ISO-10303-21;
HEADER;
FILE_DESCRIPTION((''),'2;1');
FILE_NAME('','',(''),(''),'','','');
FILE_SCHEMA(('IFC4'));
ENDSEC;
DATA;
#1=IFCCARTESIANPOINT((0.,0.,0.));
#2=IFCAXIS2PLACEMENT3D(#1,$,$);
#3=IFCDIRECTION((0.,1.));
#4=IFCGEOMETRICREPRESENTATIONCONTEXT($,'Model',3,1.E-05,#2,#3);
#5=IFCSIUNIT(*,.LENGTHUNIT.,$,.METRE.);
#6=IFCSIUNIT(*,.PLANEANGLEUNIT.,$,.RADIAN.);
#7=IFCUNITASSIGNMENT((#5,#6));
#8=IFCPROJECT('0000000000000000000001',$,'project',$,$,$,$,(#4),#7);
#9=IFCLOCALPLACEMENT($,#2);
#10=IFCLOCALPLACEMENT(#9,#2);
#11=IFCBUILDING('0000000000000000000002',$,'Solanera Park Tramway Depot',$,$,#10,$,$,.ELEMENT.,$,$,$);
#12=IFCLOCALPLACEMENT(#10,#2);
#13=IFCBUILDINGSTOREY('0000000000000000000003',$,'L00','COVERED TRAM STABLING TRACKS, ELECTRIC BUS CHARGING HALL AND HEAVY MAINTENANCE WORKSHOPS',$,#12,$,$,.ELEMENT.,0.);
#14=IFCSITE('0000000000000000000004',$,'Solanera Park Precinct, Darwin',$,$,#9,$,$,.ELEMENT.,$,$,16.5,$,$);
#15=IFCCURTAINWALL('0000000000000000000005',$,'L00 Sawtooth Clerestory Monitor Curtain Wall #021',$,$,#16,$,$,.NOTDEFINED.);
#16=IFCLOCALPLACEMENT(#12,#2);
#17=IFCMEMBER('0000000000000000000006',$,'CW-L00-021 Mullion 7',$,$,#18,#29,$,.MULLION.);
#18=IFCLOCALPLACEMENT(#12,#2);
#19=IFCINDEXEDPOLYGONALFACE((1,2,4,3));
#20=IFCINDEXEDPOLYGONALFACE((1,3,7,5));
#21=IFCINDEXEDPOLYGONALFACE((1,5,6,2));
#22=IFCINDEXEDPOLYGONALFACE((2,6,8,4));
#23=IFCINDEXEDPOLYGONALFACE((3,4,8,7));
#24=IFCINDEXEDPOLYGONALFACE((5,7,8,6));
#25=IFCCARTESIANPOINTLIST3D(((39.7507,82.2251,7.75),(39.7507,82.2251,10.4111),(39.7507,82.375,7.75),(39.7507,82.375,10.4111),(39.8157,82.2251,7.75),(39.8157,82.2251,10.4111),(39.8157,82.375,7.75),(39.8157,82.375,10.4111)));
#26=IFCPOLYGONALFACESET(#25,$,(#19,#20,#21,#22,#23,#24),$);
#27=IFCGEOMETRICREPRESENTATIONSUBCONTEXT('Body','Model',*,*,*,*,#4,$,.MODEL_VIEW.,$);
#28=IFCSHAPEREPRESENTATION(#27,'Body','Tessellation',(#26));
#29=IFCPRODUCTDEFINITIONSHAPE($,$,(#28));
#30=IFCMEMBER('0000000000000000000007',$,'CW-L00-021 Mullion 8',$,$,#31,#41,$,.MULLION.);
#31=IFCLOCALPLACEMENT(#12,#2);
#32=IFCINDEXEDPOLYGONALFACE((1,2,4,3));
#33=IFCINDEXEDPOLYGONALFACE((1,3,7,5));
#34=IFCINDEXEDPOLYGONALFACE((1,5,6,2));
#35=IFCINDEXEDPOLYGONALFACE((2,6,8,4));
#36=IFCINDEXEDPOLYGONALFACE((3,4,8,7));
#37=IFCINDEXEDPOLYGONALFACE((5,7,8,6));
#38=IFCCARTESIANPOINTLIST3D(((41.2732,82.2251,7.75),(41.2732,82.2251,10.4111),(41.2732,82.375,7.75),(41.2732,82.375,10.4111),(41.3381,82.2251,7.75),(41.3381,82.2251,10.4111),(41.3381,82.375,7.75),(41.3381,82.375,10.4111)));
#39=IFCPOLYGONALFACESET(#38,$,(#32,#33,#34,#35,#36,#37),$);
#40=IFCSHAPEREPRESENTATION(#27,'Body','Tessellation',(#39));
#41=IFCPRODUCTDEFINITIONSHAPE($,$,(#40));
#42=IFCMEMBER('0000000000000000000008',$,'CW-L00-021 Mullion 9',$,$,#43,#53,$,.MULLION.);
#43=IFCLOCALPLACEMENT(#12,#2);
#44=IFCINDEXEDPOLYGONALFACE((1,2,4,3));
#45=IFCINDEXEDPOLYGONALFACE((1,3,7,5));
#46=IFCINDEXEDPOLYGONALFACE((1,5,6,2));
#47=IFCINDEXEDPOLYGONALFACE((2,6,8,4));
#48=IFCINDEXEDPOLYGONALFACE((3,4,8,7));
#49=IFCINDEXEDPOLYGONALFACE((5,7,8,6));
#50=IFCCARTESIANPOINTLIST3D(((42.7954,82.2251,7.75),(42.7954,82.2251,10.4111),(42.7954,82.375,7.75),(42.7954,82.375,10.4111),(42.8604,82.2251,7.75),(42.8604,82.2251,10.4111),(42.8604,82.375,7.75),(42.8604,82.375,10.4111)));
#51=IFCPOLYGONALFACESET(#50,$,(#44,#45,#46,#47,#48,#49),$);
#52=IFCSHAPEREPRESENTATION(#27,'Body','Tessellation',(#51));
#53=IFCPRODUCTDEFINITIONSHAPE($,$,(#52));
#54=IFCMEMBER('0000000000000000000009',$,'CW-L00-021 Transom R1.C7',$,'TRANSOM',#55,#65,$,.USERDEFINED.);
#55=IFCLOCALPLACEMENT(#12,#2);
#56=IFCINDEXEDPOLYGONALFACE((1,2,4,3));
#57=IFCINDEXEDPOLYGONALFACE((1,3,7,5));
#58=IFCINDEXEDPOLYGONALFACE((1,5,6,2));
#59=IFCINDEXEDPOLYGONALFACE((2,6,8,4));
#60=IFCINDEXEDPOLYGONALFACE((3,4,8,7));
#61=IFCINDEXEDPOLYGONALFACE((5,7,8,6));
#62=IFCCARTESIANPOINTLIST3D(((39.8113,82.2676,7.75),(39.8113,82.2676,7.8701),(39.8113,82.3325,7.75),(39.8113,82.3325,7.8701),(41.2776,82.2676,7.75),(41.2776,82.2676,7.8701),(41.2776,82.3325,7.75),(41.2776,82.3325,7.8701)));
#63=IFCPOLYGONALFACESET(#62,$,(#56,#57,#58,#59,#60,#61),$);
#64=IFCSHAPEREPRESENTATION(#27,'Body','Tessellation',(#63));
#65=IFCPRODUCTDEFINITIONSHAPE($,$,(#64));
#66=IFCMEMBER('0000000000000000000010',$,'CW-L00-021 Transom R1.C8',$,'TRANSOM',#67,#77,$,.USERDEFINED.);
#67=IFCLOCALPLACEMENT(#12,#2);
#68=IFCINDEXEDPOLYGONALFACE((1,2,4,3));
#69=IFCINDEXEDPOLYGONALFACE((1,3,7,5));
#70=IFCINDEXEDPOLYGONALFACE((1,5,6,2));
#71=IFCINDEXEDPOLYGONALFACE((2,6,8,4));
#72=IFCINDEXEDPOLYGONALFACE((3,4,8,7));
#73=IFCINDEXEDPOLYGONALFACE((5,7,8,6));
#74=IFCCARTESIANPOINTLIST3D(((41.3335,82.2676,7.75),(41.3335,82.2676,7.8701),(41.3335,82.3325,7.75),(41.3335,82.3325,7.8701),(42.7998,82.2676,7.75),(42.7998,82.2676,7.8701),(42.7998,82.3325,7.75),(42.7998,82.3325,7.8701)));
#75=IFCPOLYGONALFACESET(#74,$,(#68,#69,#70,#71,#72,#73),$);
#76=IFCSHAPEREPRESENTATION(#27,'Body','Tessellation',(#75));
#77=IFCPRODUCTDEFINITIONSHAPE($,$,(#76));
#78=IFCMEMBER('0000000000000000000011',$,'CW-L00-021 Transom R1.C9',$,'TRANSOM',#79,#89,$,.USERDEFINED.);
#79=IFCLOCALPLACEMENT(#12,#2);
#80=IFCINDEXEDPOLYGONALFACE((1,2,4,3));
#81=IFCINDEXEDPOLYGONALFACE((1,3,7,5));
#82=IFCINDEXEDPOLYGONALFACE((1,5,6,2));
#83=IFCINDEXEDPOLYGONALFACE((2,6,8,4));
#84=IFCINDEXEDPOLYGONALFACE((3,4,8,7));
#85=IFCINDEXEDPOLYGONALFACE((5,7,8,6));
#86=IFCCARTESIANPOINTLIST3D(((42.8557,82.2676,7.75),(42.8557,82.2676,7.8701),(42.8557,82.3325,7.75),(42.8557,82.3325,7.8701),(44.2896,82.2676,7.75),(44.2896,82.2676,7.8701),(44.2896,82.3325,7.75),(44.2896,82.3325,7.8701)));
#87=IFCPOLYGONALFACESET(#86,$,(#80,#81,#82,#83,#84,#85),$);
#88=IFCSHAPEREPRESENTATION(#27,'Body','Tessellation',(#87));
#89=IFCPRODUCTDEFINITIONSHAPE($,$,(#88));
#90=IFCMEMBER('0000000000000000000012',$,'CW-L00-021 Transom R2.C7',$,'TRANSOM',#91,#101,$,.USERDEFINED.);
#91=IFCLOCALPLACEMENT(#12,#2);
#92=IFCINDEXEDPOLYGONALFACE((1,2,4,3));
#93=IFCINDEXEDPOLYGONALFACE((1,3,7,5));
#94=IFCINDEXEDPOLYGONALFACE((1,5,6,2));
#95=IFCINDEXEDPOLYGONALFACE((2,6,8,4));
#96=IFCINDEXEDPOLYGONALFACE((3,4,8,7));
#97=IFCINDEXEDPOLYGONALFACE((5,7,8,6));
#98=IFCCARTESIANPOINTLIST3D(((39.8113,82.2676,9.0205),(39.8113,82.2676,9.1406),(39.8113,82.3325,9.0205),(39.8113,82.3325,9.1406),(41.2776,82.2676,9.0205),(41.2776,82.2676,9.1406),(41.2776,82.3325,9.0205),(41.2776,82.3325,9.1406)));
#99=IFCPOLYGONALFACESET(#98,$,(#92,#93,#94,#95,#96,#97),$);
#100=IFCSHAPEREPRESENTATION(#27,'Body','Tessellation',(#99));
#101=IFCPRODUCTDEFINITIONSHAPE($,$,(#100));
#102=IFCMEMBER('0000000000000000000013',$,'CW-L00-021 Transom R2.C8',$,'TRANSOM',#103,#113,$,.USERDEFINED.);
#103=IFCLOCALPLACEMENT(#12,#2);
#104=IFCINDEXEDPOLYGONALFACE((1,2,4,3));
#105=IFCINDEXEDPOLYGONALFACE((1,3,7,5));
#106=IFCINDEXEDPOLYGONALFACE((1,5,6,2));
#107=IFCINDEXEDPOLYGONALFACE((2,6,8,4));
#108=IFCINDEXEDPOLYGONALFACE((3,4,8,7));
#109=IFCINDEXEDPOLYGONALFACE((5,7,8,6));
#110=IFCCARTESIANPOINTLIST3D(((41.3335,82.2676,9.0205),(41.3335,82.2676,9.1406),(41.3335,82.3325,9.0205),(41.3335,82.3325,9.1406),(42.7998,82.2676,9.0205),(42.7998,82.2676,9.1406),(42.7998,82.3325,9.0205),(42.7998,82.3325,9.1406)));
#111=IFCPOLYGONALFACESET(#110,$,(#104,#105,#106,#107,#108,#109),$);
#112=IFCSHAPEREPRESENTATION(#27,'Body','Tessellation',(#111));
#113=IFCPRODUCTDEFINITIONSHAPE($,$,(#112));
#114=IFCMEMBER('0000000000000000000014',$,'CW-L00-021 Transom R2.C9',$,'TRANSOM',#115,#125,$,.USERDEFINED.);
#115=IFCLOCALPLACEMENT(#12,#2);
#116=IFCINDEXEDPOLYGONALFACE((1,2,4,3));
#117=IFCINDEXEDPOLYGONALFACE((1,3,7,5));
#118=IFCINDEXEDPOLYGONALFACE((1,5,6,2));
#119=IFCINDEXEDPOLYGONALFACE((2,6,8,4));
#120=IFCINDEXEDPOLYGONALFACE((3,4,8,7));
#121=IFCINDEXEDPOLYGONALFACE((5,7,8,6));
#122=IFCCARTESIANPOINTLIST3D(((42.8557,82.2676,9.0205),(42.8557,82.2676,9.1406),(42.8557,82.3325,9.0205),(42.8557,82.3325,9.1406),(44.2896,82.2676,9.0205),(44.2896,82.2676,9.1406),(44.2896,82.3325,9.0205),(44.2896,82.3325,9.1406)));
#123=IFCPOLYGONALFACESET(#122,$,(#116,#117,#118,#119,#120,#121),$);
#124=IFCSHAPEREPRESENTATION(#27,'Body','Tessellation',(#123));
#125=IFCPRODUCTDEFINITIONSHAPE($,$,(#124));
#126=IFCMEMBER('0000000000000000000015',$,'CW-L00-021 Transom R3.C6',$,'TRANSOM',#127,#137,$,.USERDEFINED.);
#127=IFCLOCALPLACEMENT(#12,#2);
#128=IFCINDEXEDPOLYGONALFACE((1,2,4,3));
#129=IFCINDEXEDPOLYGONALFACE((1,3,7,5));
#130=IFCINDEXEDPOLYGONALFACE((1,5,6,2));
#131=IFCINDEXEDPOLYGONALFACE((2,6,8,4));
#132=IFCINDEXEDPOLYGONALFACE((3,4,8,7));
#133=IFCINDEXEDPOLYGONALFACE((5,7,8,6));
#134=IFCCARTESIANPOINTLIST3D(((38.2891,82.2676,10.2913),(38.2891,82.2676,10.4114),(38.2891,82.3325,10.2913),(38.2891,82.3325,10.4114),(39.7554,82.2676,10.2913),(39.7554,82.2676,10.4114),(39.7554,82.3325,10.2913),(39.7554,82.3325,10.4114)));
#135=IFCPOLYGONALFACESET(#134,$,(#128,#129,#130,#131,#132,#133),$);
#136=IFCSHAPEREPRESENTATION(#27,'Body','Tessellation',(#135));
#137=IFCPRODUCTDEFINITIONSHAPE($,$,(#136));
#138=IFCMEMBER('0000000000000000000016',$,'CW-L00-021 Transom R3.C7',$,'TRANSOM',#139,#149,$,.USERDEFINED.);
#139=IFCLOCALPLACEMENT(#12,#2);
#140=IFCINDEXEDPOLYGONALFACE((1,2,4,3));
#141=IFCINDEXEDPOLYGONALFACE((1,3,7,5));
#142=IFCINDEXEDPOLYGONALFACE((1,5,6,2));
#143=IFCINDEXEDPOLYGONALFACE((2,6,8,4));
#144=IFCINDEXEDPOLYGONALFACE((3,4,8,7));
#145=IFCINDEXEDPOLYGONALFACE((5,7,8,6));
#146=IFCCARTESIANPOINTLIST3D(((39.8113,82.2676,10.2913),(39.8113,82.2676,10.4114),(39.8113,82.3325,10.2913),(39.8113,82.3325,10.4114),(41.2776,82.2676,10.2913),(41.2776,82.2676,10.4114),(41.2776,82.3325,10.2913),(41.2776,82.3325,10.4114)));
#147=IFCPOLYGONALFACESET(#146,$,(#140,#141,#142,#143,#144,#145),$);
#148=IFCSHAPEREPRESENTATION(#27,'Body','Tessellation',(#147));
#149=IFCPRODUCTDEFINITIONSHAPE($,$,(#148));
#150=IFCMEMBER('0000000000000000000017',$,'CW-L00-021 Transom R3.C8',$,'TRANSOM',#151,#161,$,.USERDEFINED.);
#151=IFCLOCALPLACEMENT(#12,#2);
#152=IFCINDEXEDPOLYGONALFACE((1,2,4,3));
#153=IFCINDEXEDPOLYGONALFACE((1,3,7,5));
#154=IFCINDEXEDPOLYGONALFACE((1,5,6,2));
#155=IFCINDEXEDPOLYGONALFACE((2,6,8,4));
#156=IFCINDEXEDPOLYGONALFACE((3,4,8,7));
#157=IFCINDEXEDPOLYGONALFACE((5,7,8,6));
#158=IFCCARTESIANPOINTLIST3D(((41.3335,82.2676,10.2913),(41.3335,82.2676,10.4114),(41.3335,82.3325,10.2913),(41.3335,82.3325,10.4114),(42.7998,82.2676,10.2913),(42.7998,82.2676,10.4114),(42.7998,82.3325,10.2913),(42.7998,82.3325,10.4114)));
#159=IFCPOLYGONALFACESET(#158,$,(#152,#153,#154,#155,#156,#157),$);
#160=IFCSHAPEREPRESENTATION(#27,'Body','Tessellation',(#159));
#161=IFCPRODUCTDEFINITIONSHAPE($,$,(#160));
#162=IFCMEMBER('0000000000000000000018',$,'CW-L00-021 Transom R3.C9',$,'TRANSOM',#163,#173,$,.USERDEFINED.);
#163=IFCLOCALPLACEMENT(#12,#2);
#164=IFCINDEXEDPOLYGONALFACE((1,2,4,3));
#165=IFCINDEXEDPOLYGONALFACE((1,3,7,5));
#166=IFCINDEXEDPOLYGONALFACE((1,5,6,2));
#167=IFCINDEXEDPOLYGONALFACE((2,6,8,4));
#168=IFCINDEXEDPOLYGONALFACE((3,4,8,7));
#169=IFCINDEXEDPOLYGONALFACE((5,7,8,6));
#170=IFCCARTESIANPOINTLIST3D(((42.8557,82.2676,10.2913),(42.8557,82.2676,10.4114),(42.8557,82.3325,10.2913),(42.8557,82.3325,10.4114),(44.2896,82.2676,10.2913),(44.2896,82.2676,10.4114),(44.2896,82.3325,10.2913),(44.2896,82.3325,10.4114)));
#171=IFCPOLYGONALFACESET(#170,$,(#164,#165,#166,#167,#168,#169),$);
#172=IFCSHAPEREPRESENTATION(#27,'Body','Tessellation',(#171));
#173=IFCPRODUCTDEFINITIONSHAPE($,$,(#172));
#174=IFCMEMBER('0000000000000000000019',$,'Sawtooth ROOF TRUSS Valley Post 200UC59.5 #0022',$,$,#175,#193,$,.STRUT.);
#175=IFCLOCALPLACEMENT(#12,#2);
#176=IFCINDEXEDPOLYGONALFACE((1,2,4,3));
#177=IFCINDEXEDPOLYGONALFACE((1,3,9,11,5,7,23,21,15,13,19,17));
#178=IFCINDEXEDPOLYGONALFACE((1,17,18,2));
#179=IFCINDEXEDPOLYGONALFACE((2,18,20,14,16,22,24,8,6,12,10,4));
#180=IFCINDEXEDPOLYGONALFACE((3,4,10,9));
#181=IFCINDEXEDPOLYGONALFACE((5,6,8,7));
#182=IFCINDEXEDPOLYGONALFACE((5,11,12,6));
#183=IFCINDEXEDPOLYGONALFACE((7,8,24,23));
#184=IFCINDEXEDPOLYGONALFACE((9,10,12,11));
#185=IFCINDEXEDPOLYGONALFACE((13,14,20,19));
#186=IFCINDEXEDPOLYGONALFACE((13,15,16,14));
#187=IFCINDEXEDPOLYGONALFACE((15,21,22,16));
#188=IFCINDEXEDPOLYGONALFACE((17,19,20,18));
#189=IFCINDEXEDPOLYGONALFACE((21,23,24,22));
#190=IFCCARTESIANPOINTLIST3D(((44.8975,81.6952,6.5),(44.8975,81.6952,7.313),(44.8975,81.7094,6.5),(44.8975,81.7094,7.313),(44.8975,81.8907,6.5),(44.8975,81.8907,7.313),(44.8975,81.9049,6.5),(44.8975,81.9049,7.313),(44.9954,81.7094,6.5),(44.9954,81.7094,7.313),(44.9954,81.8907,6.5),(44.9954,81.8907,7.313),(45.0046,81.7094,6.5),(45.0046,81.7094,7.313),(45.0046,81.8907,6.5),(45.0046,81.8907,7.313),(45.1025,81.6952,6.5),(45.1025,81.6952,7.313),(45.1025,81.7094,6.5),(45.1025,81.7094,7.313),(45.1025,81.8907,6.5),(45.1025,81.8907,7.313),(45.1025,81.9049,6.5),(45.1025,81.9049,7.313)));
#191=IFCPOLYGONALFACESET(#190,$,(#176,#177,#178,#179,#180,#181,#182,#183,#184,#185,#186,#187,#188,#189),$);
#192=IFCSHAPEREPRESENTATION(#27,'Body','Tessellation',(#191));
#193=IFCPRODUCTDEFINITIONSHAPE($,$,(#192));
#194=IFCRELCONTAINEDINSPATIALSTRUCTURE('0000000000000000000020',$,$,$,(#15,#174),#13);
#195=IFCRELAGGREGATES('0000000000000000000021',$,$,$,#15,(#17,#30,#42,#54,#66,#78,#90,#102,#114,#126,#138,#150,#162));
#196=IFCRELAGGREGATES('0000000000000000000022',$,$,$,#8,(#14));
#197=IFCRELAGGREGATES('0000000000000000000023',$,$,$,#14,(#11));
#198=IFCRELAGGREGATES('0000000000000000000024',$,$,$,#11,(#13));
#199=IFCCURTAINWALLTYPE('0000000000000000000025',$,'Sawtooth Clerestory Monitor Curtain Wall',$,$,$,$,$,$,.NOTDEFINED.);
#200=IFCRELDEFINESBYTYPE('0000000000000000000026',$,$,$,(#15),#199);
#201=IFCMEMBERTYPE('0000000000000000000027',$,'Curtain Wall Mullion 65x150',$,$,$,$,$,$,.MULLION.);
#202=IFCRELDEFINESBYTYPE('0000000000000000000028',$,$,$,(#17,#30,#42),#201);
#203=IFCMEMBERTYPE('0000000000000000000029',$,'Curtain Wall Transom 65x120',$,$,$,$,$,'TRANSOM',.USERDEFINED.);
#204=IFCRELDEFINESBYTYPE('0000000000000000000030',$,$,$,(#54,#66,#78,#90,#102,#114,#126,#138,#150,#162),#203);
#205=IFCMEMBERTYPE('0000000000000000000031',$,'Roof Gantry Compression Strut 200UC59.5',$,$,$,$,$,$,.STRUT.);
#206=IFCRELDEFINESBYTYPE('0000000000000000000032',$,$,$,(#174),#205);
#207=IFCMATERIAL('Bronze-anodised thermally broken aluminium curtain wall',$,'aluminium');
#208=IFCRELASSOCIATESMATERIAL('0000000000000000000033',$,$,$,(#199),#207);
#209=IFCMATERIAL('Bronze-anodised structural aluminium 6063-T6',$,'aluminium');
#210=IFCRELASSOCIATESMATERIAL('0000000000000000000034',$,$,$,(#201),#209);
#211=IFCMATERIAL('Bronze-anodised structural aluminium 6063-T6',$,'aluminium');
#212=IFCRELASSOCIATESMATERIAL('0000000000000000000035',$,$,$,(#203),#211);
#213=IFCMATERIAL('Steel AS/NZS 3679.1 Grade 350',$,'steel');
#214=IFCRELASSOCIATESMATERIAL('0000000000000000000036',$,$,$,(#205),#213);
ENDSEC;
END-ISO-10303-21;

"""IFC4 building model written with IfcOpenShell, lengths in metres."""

from ifc_helpers import new_model, si_unit, direction, frame, origin, origin_2d, place, context, subcontext, project, spatial, rectangle, i_section, extrude, material, material_profile, profile_set, type_object, element, aggregate, save


model = new_model("IFC4")

# Units and contexts
model_context = context("Model", 3, precision=1e-05, world=origin(), true_north=direction((0.0, 1.0)))
body_context = subcontext(model_context, "Body", "Model", "MODEL_VIEW")
ifc_project = project(units=[si_unit("LENGTHUNIT", "METRE"), si_unit("PLANEANGLEUNIT", "RADIAN")], contexts=[model_context])

# Site, building, storey
site_placement = place(None, origin())
site = spatial("IfcSite", under=ifc_project, at=site_placement, Name="Solanera Park Precinct, Darwin", CompositionType="ELEMENT", RefElevation=16.5)
building_placement = place(site_placement, origin())
building = spatial("IfcBuilding", under=site, at=building_placement, Name="Solanera Park Tramway Depot", CompositionType="ELEMENT")
storey_placement = place(building_placement, origin())
storey = spatial("IfcBuildingStorey", under=building, at=storey_placement, Name="L00", Description="COVERED TRAM STABLING TRACKS, ELECTRIC BUS CHARGING HALL AND HEAVY MAINTENANCE WORKSHOPS", CompositionType="ELEMENT", Elevation=0.0)

# Curtain wall, members
ifc_material_1 = material(Name="Bronze-anodised thermally broken aluminium curtain wall", Category="aluminium")
curtain_wall_type = type_object("IfcCurtainWallType", Name="Sawtooth Clerestory Monitor Curtain Wall", PredefinedType="NOTDEFINED", material=ifc_material_1)
curtain_wall_placement = place(storey_placement, origin())
curtain_wall = element("IfcCurtainWall", 1, at=curtain_wall_placement, inside=storey, type_object=curtain_wall_type, Name="L00 Sawtooth Clerestory Monitor Curtain Wall #021", PredefinedType="NOTDEFINED")
ifc_material_2 = material(Name="Bronze-anodised structural aluminium 6063-T6", Category="aluminium")
ifc_material_profile_1 = material_profile(ifc_material_2, rectangle(XDim=0.0649, YDim=0.1499, at=origin_2d()), Name="Curtain Wall Mullion 65x150")
ifc_profile_set_1 = profile_set([ifc_material_profile_1], Name="Bronze-anodised structural aluminium 6063-T6")
member_type_1 = type_object("IfcMemberType", Name="Curtain Wall Mullion 65x150", PredefinedType="MULLION", material=ifc_profile_set_1)
member_1_placement = place(storey_placement, frame((39.7832, 82.3, 7.75), z_axis=(0.0, 0.0, 1.0), x_axis=(1.0, 0.0, 0.0)))
member_1 = element("IfcMember", 2, at=member_1_placement, type_object=member_type_1, Name="CW-L00-021 Mullion 7", PredefinedType="MULLION", context=body_context, shape_type="SweptSolid", body=[
    extrude(rectangle(XDim=0.0649, YDim=0.1499, at=origin_2d()), origin(), (0.0, 0.0, 1.0), 2.6611),
])
member_2_placement = place(storey_placement, frame((41.3057, 82.3, 7.75), z_axis=(0.0, 0.0, 1.0), x_axis=(1.0, 0.0, 0.0)))
member_2 = element("IfcMember", 3, at=member_2_placement, type_object=member_type_1, Name="CW-L00-021 Mullion 8", PredefinedType="MULLION", context=body_context, shape_type="SweptSolid", body=[
    extrude(rectangle(XDim=0.0649, YDim=0.1499, at=origin_2d()), origin(), (0.0, 0.0, 1.0), 2.6611),
])
member_3_placement = place(storey_placement, frame((42.8279, 82.3, 7.75), z_axis=(0.0, 0.0, 1.0), x_axis=(1.0, 0.0, 0.0)))
member_3 = element("IfcMember", 4, at=member_3_placement, type_object=member_type_1, Name="CW-L00-021 Mullion 9", PredefinedType="MULLION", context=body_context, shape_type="SweptSolid", body=[
    extrude(rectangle(XDim=0.0649, YDim=0.1499, at=origin_2d()), origin(), (0.0, 0.0, 1.0), 2.6611),
])
ifc_material_3 = material(Name="Bronze-anodised structural aluminium 6063-T6", Category="aluminium")
ifc_material_profile_2 = material_profile(ifc_material_3, rectangle(XDim=0.0649, YDim=0.1201, at=origin_2d()), Name="Curtain Wall Transom 65x120")
ifc_profile_set_2 = profile_set([ifc_material_profile_2], Name="Bronze-anodised structural aluminium 6063-T6")
member_type_2 = type_object("IfcMemberType", Name="Curtain Wall Transom 65x120", ElementType="TRANSOM", PredefinedType="USERDEFINED", material=ifc_profile_set_2)
member_4_placement = place(storey_placement, frame((39.8113, 82.3, 7.8101), z_axis=(1.0, 0.0, 0.0), x_axis=(0.0, 1.0, 0.0)))
member_4 = element("IfcMember", 5, at=member_4_placement, type_object=member_type_2, Name="CW-L00-021 Transom R1.C7", ObjectType="TRANSOM", PredefinedType="USERDEFINED", context=body_context, shape_type="SweptSolid", body=[
    extrude(rectangle(XDim=0.0649, YDim=0.1201, at=origin_2d()), origin(), (0.0, 0.0, 1.0), 1.4663),
])
member_5_placement = place(storey_placement, frame((41.3335, 82.3, 7.8101), z_axis=(1.0, 0.0, 0.0), x_axis=(0.0, 1.0, 0.0)))
member_5 = element("IfcMember", 6, at=member_5_placement, type_object=member_type_2, Name="CW-L00-021 Transom R1.C8", ObjectType="TRANSOM", PredefinedType="USERDEFINED", context=body_context, shape_type="SweptSolid", body=[
    extrude(rectangle(XDim=0.0649, YDim=0.1201, at=origin_2d()), origin(), (0.0, 0.0, 1.0), 1.4663),
])
member_6_placement = place(storey_placement, frame((42.8557, 82.3, 7.8101), z_axis=(1.0, 0.0, 0.0), x_axis=(0.0, 1.0, 0.0)))
member_6 = element("IfcMember", 7, at=member_6_placement, type_object=member_type_2, Name="CW-L00-021 Transom R1.C9", ObjectType="TRANSOM", PredefinedType="USERDEFINED", context=body_context, shape_type="SweptSolid", body=[
    extrude(rectangle(XDim=0.0649, YDim=0.1201, at=origin_2d()), origin(), (0.0, 0.0, 1.0), 1.4338),
])
member_7_placement = place(storey_placement, frame((39.8113, 82.3, 9.0806), z_axis=(1.0, 0.0, 0.0), x_axis=(0.0, 1.0, 0.0)))
member_7 = element("IfcMember", 8, at=member_7_placement, type_object=member_type_2, Name="CW-L00-021 Transom R2.C7", ObjectType="TRANSOM", PredefinedType="USERDEFINED", context=body_context, shape_type="SweptSolid", body=[
    extrude(rectangle(XDim=0.0649, YDim=0.1201, at=origin_2d()), origin(), (0.0, 0.0, 1.0), 1.4663),
])
member_8_placement = place(storey_placement, frame((41.3335, 82.3, 9.0806), z_axis=(1.0, 0.0, 0.0), x_axis=(0.0, 1.0, 0.0)))
member_8 = element("IfcMember", 9, at=member_8_placement, type_object=member_type_2, Name="CW-L00-021 Transom R2.C8", ObjectType="TRANSOM", PredefinedType="USERDEFINED", context=body_context, shape_type="SweptSolid", body=[
    extrude(rectangle(XDim=0.0649, YDim=0.1201, at=origin_2d()), origin(), (0.0, 0.0, 1.0), 1.4663),
])
member_9_placement = place(storey_placement, frame((42.8557, 82.3, 9.0806), z_axis=(1.0, 0.0, 0.0), x_axis=(0.0, 1.0, 0.0)))
member_9 = element("IfcMember", 10, at=member_9_placement, type_object=member_type_2, Name="CW-L00-021 Transom R2.C9", ObjectType="TRANSOM", PredefinedType="USERDEFINED", context=body_context, shape_type="SweptSolid", body=[
    extrude(rectangle(XDim=0.0649, YDim=0.1201, at=origin_2d()), origin(), (0.0, 0.0, 1.0), 1.4338),
])
member_10_placement = place(storey_placement, frame((38.2891, 82.3, 10.3513), z_axis=(1.0, 0.0, 0.0), x_axis=(0.0, 1.0, 0.0)))
member_10 = element("IfcMember", 11, at=member_10_placement, type_object=member_type_2, Name="CW-L00-021 Transom R3.C6", ObjectType="TRANSOM", PredefinedType="USERDEFINED", context=body_context, shape_type="SweptSolid", body=[
    extrude(rectangle(XDim=0.0649, YDim=0.1201, at=origin_2d()), origin(), (0.0, 0.0, 1.0), 1.4663),
])
member_11_placement = place(storey_placement, frame((39.8113, 82.3, 10.3513), z_axis=(1.0, 0.0, 0.0), x_axis=(0.0, 1.0, 0.0)))
member_11 = element("IfcMember", 12, at=member_11_placement, type_object=member_type_2, Name="CW-L00-021 Transom R3.C7", ObjectType="TRANSOM", PredefinedType="USERDEFINED", context=body_context, shape_type="SweptSolid", body=[
    extrude(rectangle(XDim=0.0649, YDim=0.1201, at=origin_2d()), origin(), (0.0, 0.0, 1.0), 1.4663),
])
member_12_placement = place(storey_placement, frame((41.3335, 82.3, 10.3513), z_axis=(1.0, 0.0, 0.0), x_axis=(0.0, 1.0, 0.0)))
member_12 = element("IfcMember", 13, at=member_12_placement, type_object=member_type_2, Name="CW-L00-021 Transom R3.C8", ObjectType="TRANSOM", PredefinedType="USERDEFINED", context=body_context, shape_type="SweptSolid", body=[
    extrude(rectangle(XDim=0.0649, YDim=0.1201, at=origin_2d()), origin(), (0.0, 0.0, 1.0), 1.4663),
])
member_13_placement = place(storey_placement, frame((42.8557, 82.3, 10.3513), z_axis=(1.0, 0.0, 0.0), x_axis=(0.0, 1.0, 0.0)))
member_13 = element("IfcMember", 14, at=member_13_placement, type_object=member_type_2, Name="CW-L00-021 Transom R3.C9", ObjectType="TRANSOM", PredefinedType="USERDEFINED", context=body_context, shape_type="SweptSolid", body=[
    extrude(rectangle(XDim=0.0649, YDim=0.1201, at=origin_2d()), origin(), (0.0, 0.0, 1.0), 1.4338),
])

# Member
ifc_material_4 = material(Name="Steel AS/NZS 3679.1 Grade 350", Category="steel")
ifc_material_profile_3 = material_profile(ifc_material_4, i_section(OverallWidth=0.2051, OverallDepth=0.2097, WebThickness=0.0093, FlangeThickness=0.0142, at=origin_2d()), Name="200UC59.5")
ifc_profile_set_3 = profile_set([ifc_material_profile_3], Name="Steel AS/NZS 3679.1 Grade 350")
member_type_3 = type_object("IfcMemberType", Name="Roof Gantry Compression Strut 200UC59.5", PredefinedType="STRUT", material=ifc_profile_set_3)
member_14_placement = place(storey_placement, frame((45.0, 81.8, 6.5), z_axis=(0.0, 0.0, 1.0), x_axis=(1.0, 0.0, 0.0)))
element("IfcMember", 15, at=member_14_placement, inside=storey, type_object=member_type_3, Name="Sawtooth ROOF TRUSS Valley Post 200UC59.5 #0022", PredefinedType="STRUT", context=body_context, shape_type="SweptSolid", body=[
    extrude(i_section(OverallWidth=0.2051, OverallDepth=0.2097, WebThickness=0.0093, FlangeThickness=0.0142, at=origin_2d()), origin(), (0.0, 0.0, 1.0), 0.813),
])

aggregate(curtain_wall, [member_1, member_2, member_3, member_4, member_5, member_6, member_7, member_8, member_9, member_10, member_11, member_12, member_13])

save(model, "model.ifc")
